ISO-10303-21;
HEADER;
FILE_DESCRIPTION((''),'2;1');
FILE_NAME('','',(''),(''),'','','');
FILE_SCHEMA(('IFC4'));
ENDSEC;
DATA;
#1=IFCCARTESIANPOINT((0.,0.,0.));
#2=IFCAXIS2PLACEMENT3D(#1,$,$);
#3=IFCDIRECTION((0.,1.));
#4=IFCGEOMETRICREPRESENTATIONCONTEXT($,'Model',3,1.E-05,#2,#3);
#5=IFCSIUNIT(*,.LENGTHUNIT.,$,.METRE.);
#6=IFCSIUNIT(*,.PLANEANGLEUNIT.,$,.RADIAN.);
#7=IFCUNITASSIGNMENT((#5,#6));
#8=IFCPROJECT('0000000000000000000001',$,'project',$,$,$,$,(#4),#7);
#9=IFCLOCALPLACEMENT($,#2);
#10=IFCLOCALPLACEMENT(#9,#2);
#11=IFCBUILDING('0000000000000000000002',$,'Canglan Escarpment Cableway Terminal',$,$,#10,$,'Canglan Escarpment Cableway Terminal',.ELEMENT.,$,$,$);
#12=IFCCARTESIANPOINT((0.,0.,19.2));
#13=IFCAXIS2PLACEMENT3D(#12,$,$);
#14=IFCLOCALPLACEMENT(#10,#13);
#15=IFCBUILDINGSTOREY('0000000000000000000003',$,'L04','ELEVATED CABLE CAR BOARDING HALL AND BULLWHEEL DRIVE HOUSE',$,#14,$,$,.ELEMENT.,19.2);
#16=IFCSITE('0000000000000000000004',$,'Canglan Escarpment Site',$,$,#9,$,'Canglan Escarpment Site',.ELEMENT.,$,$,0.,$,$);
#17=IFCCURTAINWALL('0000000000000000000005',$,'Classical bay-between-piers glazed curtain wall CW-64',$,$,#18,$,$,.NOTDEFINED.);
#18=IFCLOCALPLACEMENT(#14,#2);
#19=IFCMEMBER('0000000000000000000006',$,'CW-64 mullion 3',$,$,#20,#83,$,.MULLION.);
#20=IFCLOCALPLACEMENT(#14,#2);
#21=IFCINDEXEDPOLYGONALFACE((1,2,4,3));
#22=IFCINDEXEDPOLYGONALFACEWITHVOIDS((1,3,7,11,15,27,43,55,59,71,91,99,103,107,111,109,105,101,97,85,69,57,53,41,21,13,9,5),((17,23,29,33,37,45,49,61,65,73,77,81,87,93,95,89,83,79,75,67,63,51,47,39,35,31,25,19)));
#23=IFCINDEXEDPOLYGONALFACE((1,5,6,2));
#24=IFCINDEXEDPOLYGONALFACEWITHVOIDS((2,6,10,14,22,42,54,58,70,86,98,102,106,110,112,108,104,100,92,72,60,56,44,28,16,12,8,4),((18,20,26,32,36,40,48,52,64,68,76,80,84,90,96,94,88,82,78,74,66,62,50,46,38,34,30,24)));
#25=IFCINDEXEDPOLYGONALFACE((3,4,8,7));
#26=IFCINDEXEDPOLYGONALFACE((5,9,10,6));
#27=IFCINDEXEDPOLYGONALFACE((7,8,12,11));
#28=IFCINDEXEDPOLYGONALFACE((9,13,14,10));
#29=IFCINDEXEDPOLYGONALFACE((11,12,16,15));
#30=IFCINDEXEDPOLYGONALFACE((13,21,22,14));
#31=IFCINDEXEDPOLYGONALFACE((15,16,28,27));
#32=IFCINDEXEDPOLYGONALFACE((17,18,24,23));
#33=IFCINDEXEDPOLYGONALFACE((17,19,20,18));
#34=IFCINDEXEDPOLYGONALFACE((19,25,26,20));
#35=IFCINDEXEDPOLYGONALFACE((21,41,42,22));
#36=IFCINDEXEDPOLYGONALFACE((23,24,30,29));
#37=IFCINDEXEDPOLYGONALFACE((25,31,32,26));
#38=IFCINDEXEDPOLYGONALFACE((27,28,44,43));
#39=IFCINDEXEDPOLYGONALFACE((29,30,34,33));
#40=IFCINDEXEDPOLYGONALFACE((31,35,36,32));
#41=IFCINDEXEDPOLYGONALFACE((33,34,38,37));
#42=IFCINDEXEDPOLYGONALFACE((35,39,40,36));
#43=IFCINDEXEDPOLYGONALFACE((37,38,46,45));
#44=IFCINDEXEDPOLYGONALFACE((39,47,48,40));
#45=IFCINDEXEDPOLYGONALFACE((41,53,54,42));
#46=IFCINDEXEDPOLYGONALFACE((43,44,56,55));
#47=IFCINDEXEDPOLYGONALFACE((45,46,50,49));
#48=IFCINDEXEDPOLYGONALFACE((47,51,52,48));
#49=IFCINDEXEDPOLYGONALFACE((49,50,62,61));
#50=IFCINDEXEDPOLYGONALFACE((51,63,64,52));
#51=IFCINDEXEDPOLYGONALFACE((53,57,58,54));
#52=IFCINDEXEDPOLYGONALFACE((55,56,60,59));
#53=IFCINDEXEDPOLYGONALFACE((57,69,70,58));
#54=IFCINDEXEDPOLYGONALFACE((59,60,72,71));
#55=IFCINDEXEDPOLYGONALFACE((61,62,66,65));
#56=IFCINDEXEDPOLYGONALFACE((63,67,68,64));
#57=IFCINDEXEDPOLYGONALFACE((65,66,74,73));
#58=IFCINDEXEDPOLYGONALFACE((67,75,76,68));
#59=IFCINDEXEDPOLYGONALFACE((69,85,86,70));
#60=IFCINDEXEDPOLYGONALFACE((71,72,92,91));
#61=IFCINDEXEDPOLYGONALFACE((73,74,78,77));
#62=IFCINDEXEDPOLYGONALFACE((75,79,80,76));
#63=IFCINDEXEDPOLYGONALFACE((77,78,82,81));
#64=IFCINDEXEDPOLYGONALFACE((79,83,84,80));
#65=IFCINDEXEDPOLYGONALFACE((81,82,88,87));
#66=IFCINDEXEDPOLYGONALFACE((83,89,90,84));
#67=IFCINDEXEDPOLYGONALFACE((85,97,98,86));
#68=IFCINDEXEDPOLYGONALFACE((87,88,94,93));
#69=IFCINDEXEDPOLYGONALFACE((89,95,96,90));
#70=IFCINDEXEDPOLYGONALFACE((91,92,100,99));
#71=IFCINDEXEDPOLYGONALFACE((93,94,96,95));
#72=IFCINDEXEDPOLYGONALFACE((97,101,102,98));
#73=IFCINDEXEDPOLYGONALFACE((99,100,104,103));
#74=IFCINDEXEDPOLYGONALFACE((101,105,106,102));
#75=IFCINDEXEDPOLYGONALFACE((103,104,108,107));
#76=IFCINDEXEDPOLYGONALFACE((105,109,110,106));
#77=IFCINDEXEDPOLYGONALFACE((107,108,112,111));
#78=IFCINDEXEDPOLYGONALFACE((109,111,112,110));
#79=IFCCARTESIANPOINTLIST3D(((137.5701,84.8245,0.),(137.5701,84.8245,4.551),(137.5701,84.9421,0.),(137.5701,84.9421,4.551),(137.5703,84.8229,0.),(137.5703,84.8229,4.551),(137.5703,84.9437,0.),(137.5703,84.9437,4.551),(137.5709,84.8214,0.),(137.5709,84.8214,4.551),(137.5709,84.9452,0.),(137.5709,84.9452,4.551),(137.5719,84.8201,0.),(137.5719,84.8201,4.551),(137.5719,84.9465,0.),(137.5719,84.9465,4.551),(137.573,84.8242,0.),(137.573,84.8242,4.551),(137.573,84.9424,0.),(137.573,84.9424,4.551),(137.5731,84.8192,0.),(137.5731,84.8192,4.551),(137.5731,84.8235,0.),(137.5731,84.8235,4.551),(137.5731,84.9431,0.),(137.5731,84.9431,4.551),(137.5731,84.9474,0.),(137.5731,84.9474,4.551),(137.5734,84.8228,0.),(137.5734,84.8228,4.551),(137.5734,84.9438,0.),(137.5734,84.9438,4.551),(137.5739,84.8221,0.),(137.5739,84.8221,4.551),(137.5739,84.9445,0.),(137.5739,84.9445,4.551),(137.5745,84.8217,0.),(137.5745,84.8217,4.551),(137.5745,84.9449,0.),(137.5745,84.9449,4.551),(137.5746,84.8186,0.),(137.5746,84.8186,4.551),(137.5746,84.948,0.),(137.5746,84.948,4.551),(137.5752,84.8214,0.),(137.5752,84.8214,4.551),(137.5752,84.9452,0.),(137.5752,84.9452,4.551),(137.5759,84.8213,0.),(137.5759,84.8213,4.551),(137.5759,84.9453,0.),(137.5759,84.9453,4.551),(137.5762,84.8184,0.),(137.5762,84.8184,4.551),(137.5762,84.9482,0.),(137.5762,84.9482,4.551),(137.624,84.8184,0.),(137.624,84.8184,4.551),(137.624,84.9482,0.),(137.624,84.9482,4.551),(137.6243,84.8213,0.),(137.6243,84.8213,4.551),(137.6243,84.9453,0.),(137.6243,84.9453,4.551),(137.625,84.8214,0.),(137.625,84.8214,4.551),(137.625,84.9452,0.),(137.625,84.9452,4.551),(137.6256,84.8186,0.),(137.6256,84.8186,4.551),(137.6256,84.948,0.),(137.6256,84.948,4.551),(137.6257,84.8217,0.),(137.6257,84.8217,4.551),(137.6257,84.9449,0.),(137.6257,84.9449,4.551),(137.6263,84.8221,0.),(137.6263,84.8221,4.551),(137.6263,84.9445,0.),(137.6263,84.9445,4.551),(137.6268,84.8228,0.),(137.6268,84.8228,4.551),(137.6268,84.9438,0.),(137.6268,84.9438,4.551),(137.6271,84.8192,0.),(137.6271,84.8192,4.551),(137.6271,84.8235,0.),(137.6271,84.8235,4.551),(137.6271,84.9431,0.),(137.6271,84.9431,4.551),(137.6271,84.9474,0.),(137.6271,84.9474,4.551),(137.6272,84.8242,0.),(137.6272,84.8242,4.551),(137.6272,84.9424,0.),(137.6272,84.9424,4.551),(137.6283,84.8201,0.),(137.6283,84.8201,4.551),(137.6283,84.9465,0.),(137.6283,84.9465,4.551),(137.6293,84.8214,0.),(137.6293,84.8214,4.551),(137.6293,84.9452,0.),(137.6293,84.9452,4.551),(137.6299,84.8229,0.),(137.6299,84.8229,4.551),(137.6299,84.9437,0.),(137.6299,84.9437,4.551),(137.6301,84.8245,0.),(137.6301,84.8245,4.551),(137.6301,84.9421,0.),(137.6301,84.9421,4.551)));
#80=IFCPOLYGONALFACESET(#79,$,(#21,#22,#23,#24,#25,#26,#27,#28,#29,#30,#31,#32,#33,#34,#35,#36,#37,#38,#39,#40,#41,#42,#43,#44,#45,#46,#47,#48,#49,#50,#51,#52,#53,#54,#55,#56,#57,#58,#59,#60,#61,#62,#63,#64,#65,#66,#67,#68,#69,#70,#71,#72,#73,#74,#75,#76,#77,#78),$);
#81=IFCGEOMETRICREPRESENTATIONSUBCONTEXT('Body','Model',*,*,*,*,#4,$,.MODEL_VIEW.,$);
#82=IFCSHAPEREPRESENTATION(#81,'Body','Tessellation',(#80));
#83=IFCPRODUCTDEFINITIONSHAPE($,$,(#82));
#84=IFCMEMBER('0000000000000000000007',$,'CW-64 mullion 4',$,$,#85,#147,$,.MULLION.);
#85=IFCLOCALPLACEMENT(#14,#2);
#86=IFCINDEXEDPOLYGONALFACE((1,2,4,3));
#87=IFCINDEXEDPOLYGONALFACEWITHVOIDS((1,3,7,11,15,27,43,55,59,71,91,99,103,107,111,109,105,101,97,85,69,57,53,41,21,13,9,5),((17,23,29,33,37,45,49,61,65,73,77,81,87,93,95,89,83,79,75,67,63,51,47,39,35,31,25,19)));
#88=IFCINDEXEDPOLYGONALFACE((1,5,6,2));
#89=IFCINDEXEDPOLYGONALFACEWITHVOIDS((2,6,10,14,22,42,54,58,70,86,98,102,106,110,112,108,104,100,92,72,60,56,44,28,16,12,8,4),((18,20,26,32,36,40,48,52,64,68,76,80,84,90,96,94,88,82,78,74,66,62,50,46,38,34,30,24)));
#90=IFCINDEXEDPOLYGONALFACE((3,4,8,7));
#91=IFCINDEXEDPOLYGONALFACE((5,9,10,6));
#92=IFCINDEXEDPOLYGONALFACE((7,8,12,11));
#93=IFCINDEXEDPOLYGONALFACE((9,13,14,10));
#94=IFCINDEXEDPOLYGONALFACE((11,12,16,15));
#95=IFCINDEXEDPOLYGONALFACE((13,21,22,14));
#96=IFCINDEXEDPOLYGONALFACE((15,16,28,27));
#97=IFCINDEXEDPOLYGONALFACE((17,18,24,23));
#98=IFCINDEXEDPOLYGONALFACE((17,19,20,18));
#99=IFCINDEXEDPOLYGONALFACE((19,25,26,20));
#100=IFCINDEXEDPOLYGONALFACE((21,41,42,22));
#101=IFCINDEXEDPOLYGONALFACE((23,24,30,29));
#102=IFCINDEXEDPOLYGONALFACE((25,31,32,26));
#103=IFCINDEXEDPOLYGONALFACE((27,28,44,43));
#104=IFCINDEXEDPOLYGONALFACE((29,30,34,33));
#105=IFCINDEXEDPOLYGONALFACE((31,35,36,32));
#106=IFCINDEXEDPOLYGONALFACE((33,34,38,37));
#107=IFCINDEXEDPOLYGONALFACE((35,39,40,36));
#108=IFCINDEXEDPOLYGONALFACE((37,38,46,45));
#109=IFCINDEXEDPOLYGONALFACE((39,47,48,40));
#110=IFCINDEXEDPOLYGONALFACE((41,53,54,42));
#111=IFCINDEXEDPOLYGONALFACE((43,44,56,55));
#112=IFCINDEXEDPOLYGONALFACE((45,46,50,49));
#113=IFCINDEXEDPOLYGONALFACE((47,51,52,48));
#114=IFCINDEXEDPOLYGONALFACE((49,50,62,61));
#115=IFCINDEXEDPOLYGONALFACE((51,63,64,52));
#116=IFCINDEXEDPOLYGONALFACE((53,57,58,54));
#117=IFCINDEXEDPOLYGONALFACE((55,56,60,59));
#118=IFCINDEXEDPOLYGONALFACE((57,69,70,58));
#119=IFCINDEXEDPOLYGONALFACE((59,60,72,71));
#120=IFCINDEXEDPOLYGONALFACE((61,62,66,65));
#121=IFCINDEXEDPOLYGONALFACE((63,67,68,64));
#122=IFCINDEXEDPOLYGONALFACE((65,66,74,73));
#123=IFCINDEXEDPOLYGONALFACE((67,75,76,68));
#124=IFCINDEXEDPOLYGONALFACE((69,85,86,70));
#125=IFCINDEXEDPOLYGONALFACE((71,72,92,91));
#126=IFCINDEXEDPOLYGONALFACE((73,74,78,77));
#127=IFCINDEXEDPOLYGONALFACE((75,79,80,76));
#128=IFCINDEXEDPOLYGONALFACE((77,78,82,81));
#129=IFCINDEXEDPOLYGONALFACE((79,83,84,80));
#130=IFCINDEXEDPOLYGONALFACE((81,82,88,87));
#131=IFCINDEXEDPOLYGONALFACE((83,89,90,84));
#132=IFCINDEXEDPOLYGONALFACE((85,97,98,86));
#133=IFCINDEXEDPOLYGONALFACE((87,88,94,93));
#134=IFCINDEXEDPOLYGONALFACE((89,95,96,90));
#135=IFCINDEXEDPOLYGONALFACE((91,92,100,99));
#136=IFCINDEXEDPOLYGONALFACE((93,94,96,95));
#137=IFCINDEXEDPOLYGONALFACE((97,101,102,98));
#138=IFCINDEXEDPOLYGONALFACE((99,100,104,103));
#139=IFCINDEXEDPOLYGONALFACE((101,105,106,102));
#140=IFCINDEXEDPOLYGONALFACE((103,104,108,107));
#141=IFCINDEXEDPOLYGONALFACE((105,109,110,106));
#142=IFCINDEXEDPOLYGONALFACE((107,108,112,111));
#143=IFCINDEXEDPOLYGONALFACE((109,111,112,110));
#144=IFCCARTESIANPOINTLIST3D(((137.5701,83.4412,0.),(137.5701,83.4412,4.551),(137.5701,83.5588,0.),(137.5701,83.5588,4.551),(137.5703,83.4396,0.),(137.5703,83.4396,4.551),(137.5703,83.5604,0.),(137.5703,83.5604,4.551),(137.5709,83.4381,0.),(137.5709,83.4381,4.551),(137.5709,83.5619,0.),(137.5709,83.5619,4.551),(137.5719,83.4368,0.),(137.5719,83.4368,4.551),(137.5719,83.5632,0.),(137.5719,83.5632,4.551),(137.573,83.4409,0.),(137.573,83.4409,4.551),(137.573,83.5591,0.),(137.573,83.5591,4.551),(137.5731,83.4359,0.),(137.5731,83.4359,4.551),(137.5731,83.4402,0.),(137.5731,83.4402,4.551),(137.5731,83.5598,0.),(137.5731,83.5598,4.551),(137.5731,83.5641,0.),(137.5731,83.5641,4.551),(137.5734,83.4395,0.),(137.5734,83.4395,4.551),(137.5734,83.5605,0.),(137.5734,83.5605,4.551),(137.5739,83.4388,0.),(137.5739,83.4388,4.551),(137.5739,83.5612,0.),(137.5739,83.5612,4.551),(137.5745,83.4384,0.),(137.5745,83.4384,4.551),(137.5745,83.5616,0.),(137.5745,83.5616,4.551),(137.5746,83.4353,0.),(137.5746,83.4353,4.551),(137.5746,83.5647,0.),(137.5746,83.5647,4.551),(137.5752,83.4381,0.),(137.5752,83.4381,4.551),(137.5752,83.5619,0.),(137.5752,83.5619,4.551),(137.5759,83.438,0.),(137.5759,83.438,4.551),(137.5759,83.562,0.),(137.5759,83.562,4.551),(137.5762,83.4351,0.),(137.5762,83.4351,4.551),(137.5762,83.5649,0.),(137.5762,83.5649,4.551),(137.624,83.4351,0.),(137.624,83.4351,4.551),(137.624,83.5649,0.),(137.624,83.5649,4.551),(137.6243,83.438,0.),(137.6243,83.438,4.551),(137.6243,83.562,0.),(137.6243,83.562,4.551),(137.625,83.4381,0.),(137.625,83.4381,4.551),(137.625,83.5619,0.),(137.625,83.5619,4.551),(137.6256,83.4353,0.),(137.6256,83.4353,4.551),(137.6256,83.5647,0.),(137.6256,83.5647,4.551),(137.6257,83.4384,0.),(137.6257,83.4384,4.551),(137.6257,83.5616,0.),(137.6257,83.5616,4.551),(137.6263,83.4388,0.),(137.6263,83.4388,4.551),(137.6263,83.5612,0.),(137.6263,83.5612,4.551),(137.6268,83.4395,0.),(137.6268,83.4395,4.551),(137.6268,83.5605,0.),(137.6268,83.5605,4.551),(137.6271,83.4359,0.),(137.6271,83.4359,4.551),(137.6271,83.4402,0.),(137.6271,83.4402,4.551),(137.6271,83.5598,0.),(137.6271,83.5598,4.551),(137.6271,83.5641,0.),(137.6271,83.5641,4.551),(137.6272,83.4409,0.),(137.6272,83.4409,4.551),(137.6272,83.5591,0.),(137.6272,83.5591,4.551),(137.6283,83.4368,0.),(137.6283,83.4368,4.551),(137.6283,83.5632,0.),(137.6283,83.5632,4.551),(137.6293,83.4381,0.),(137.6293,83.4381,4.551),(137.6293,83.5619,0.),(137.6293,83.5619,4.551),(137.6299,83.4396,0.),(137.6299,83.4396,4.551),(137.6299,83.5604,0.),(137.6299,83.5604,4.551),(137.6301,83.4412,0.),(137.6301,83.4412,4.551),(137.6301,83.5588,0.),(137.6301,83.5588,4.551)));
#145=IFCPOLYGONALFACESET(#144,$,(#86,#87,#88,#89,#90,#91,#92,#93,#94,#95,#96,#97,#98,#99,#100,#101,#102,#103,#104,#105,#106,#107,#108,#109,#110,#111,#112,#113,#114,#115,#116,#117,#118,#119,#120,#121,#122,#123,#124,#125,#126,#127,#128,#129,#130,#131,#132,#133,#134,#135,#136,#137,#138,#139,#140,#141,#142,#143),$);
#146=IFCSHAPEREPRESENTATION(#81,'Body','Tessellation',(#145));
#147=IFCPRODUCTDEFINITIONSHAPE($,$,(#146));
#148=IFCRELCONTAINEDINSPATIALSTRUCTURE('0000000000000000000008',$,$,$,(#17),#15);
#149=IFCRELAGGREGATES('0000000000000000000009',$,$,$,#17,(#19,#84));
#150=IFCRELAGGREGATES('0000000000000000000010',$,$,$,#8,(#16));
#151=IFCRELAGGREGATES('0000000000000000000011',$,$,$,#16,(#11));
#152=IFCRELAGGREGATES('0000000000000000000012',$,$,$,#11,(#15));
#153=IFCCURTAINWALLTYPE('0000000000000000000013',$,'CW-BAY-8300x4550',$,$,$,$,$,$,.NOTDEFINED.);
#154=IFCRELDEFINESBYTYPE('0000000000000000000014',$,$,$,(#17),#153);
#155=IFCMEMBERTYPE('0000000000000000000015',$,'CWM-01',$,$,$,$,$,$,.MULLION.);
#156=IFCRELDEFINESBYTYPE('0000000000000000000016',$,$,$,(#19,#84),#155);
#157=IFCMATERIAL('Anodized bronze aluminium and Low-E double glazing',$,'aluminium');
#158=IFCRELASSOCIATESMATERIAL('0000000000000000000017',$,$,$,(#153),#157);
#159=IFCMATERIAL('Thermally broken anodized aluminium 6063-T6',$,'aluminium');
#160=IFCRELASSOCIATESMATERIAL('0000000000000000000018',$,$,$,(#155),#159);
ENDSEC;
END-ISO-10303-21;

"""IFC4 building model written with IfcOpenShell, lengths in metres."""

from ifc_helpers import new_model, si_unit, direction, frame, origin, origin_2d, place, context, subcontext, project, spatial, hollow_rectangle, extrude, material, material_profile, profile_set, type_object, element, aggregate, save


model = new_model("IFC4")

# Units and contexts
model_context = context("Model", 3, precision=1e-05, world=origin(), true_north=direction((0.0, 1.0)))
body_context = subcontext(model_context, "Body", "Model", "MODEL_VIEW")
ifc_project = project(units=[si_unit("LENGTHUNIT", "METRE"), si_unit("PLANEANGLEUNIT", "RADIAN")], contexts=[model_context])

# Site, building, storey
site_placement = place(None, origin())
site = spatial("IfcSite", under=ifc_project, at=site_placement, Name="Canglan Escarpment Site", LongName="Canglan Escarpment Site", CompositionType="ELEMENT", RefElevation=0.0)
building_placement = place(site_placement, origin())
building = spatial("IfcBuilding", under=site, at=building_placement, Name="Canglan Escarpment Cableway Terminal", LongName="Canglan Escarpment Cableway Terminal", CompositionType="ELEMENT")
storey_placement = place(building_placement, frame((0.0, 0.0, 19.2)))
storey = spatial("IfcBuildingStorey", under=building, at=storey_placement, Name="L04", Description="ELEVATED CABLE CAR BOARDING HALL AND BULLWHEEL DRIVE HOUSE", CompositionType="ELEMENT", Elevation=19.2)

# Curtain wall, members
ifc_material_1 = material(Name="Anodized bronze aluminium and Low-E double glazing", Category="aluminium")
curtain_wall_type = type_object("IfcCurtainWallType", Name="CW-BAY-8300x4550", PredefinedType="NOTDEFINED", material=ifc_material_1)
curtain_wall_placement = place(storey_placement, origin())
curtain_wall = element("IfcCurtainWall", 1, at=curtain_wall_placement, inside=storey, type_object=curtain_wall_type, Name="Classical bay-between-piers glazed curtain wall CW-64", PredefinedType="NOTDEFINED")
ifc_material_2 = material(Name="Thermally broken anodized aluminium 6063-T6", Category="aluminium")
ifc_material_profile_1 = material_profile(ifc_material_2, hollow_rectangle(XDim=0.0601, YDim=0.1299, WallThickness=0.0029, InnerFilletRadius=0.0029, OuterFilletRadius=0.0061, at=origin_2d()), Name="ALU-MULL 60x130x3")
ifc_profile_set_1 = profile_set([ifc_material_profile_1], Name="Thermally broken anodized aluminium 6063-T6")
member_type_1 = type_object("IfcMemberType", Name="CWM-01", PredefinedType="MULLION", material=ifc_profile_set_1)
member_1_placement = place(storey_placement, frame((137.6001, 84.8833, 0.0), z_axis=(0.0, 0.0, 1.0), x_axis=(1.0, 0.0, 0.0)))
member_1 = element("IfcMember", 2, at=member_1_placement, type_object=member_type_1, Name="CW-64 mullion 3", PredefinedType="MULLION", context=body_context, shape_type="SweptSolid", body=[
    extrude(hollow_rectangle(XDim=0.0601, YDim=0.1299, WallThickness=0.0029, InnerFilletRadius=0.0029, OuterFilletRadius=0.0061, at=origin_2d()), origin(), (0.0, 0.0, 1.0), 4.551),
])
member_2_placement = place(storey_placement, frame((137.6001, 83.5, 0.0), z_axis=(0.0, 0.0, 1.0), x_axis=(1.0, 0.0, 0.0)))
member_2 = element("IfcMember", 3, at=member_2_placement, type_object=member_type_1, Name="CW-64 mullion 4", PredefinedType="MULLION", context=body_context, shape_type="SweptSolid", body=[
    extrude(hollow_rectangle(XDim=0.0601, YDim=0.1299, WallThickness=0.0029, InnerFilletRadius=0.0029, OuterFilletRadius=0.0061, at=origin_2d()), origin(), (0.0, 0.0, 1.0), 4.551),
])
aggregate(curtain_wall, [member_1, member_2])

save(model, "model.ifc")
